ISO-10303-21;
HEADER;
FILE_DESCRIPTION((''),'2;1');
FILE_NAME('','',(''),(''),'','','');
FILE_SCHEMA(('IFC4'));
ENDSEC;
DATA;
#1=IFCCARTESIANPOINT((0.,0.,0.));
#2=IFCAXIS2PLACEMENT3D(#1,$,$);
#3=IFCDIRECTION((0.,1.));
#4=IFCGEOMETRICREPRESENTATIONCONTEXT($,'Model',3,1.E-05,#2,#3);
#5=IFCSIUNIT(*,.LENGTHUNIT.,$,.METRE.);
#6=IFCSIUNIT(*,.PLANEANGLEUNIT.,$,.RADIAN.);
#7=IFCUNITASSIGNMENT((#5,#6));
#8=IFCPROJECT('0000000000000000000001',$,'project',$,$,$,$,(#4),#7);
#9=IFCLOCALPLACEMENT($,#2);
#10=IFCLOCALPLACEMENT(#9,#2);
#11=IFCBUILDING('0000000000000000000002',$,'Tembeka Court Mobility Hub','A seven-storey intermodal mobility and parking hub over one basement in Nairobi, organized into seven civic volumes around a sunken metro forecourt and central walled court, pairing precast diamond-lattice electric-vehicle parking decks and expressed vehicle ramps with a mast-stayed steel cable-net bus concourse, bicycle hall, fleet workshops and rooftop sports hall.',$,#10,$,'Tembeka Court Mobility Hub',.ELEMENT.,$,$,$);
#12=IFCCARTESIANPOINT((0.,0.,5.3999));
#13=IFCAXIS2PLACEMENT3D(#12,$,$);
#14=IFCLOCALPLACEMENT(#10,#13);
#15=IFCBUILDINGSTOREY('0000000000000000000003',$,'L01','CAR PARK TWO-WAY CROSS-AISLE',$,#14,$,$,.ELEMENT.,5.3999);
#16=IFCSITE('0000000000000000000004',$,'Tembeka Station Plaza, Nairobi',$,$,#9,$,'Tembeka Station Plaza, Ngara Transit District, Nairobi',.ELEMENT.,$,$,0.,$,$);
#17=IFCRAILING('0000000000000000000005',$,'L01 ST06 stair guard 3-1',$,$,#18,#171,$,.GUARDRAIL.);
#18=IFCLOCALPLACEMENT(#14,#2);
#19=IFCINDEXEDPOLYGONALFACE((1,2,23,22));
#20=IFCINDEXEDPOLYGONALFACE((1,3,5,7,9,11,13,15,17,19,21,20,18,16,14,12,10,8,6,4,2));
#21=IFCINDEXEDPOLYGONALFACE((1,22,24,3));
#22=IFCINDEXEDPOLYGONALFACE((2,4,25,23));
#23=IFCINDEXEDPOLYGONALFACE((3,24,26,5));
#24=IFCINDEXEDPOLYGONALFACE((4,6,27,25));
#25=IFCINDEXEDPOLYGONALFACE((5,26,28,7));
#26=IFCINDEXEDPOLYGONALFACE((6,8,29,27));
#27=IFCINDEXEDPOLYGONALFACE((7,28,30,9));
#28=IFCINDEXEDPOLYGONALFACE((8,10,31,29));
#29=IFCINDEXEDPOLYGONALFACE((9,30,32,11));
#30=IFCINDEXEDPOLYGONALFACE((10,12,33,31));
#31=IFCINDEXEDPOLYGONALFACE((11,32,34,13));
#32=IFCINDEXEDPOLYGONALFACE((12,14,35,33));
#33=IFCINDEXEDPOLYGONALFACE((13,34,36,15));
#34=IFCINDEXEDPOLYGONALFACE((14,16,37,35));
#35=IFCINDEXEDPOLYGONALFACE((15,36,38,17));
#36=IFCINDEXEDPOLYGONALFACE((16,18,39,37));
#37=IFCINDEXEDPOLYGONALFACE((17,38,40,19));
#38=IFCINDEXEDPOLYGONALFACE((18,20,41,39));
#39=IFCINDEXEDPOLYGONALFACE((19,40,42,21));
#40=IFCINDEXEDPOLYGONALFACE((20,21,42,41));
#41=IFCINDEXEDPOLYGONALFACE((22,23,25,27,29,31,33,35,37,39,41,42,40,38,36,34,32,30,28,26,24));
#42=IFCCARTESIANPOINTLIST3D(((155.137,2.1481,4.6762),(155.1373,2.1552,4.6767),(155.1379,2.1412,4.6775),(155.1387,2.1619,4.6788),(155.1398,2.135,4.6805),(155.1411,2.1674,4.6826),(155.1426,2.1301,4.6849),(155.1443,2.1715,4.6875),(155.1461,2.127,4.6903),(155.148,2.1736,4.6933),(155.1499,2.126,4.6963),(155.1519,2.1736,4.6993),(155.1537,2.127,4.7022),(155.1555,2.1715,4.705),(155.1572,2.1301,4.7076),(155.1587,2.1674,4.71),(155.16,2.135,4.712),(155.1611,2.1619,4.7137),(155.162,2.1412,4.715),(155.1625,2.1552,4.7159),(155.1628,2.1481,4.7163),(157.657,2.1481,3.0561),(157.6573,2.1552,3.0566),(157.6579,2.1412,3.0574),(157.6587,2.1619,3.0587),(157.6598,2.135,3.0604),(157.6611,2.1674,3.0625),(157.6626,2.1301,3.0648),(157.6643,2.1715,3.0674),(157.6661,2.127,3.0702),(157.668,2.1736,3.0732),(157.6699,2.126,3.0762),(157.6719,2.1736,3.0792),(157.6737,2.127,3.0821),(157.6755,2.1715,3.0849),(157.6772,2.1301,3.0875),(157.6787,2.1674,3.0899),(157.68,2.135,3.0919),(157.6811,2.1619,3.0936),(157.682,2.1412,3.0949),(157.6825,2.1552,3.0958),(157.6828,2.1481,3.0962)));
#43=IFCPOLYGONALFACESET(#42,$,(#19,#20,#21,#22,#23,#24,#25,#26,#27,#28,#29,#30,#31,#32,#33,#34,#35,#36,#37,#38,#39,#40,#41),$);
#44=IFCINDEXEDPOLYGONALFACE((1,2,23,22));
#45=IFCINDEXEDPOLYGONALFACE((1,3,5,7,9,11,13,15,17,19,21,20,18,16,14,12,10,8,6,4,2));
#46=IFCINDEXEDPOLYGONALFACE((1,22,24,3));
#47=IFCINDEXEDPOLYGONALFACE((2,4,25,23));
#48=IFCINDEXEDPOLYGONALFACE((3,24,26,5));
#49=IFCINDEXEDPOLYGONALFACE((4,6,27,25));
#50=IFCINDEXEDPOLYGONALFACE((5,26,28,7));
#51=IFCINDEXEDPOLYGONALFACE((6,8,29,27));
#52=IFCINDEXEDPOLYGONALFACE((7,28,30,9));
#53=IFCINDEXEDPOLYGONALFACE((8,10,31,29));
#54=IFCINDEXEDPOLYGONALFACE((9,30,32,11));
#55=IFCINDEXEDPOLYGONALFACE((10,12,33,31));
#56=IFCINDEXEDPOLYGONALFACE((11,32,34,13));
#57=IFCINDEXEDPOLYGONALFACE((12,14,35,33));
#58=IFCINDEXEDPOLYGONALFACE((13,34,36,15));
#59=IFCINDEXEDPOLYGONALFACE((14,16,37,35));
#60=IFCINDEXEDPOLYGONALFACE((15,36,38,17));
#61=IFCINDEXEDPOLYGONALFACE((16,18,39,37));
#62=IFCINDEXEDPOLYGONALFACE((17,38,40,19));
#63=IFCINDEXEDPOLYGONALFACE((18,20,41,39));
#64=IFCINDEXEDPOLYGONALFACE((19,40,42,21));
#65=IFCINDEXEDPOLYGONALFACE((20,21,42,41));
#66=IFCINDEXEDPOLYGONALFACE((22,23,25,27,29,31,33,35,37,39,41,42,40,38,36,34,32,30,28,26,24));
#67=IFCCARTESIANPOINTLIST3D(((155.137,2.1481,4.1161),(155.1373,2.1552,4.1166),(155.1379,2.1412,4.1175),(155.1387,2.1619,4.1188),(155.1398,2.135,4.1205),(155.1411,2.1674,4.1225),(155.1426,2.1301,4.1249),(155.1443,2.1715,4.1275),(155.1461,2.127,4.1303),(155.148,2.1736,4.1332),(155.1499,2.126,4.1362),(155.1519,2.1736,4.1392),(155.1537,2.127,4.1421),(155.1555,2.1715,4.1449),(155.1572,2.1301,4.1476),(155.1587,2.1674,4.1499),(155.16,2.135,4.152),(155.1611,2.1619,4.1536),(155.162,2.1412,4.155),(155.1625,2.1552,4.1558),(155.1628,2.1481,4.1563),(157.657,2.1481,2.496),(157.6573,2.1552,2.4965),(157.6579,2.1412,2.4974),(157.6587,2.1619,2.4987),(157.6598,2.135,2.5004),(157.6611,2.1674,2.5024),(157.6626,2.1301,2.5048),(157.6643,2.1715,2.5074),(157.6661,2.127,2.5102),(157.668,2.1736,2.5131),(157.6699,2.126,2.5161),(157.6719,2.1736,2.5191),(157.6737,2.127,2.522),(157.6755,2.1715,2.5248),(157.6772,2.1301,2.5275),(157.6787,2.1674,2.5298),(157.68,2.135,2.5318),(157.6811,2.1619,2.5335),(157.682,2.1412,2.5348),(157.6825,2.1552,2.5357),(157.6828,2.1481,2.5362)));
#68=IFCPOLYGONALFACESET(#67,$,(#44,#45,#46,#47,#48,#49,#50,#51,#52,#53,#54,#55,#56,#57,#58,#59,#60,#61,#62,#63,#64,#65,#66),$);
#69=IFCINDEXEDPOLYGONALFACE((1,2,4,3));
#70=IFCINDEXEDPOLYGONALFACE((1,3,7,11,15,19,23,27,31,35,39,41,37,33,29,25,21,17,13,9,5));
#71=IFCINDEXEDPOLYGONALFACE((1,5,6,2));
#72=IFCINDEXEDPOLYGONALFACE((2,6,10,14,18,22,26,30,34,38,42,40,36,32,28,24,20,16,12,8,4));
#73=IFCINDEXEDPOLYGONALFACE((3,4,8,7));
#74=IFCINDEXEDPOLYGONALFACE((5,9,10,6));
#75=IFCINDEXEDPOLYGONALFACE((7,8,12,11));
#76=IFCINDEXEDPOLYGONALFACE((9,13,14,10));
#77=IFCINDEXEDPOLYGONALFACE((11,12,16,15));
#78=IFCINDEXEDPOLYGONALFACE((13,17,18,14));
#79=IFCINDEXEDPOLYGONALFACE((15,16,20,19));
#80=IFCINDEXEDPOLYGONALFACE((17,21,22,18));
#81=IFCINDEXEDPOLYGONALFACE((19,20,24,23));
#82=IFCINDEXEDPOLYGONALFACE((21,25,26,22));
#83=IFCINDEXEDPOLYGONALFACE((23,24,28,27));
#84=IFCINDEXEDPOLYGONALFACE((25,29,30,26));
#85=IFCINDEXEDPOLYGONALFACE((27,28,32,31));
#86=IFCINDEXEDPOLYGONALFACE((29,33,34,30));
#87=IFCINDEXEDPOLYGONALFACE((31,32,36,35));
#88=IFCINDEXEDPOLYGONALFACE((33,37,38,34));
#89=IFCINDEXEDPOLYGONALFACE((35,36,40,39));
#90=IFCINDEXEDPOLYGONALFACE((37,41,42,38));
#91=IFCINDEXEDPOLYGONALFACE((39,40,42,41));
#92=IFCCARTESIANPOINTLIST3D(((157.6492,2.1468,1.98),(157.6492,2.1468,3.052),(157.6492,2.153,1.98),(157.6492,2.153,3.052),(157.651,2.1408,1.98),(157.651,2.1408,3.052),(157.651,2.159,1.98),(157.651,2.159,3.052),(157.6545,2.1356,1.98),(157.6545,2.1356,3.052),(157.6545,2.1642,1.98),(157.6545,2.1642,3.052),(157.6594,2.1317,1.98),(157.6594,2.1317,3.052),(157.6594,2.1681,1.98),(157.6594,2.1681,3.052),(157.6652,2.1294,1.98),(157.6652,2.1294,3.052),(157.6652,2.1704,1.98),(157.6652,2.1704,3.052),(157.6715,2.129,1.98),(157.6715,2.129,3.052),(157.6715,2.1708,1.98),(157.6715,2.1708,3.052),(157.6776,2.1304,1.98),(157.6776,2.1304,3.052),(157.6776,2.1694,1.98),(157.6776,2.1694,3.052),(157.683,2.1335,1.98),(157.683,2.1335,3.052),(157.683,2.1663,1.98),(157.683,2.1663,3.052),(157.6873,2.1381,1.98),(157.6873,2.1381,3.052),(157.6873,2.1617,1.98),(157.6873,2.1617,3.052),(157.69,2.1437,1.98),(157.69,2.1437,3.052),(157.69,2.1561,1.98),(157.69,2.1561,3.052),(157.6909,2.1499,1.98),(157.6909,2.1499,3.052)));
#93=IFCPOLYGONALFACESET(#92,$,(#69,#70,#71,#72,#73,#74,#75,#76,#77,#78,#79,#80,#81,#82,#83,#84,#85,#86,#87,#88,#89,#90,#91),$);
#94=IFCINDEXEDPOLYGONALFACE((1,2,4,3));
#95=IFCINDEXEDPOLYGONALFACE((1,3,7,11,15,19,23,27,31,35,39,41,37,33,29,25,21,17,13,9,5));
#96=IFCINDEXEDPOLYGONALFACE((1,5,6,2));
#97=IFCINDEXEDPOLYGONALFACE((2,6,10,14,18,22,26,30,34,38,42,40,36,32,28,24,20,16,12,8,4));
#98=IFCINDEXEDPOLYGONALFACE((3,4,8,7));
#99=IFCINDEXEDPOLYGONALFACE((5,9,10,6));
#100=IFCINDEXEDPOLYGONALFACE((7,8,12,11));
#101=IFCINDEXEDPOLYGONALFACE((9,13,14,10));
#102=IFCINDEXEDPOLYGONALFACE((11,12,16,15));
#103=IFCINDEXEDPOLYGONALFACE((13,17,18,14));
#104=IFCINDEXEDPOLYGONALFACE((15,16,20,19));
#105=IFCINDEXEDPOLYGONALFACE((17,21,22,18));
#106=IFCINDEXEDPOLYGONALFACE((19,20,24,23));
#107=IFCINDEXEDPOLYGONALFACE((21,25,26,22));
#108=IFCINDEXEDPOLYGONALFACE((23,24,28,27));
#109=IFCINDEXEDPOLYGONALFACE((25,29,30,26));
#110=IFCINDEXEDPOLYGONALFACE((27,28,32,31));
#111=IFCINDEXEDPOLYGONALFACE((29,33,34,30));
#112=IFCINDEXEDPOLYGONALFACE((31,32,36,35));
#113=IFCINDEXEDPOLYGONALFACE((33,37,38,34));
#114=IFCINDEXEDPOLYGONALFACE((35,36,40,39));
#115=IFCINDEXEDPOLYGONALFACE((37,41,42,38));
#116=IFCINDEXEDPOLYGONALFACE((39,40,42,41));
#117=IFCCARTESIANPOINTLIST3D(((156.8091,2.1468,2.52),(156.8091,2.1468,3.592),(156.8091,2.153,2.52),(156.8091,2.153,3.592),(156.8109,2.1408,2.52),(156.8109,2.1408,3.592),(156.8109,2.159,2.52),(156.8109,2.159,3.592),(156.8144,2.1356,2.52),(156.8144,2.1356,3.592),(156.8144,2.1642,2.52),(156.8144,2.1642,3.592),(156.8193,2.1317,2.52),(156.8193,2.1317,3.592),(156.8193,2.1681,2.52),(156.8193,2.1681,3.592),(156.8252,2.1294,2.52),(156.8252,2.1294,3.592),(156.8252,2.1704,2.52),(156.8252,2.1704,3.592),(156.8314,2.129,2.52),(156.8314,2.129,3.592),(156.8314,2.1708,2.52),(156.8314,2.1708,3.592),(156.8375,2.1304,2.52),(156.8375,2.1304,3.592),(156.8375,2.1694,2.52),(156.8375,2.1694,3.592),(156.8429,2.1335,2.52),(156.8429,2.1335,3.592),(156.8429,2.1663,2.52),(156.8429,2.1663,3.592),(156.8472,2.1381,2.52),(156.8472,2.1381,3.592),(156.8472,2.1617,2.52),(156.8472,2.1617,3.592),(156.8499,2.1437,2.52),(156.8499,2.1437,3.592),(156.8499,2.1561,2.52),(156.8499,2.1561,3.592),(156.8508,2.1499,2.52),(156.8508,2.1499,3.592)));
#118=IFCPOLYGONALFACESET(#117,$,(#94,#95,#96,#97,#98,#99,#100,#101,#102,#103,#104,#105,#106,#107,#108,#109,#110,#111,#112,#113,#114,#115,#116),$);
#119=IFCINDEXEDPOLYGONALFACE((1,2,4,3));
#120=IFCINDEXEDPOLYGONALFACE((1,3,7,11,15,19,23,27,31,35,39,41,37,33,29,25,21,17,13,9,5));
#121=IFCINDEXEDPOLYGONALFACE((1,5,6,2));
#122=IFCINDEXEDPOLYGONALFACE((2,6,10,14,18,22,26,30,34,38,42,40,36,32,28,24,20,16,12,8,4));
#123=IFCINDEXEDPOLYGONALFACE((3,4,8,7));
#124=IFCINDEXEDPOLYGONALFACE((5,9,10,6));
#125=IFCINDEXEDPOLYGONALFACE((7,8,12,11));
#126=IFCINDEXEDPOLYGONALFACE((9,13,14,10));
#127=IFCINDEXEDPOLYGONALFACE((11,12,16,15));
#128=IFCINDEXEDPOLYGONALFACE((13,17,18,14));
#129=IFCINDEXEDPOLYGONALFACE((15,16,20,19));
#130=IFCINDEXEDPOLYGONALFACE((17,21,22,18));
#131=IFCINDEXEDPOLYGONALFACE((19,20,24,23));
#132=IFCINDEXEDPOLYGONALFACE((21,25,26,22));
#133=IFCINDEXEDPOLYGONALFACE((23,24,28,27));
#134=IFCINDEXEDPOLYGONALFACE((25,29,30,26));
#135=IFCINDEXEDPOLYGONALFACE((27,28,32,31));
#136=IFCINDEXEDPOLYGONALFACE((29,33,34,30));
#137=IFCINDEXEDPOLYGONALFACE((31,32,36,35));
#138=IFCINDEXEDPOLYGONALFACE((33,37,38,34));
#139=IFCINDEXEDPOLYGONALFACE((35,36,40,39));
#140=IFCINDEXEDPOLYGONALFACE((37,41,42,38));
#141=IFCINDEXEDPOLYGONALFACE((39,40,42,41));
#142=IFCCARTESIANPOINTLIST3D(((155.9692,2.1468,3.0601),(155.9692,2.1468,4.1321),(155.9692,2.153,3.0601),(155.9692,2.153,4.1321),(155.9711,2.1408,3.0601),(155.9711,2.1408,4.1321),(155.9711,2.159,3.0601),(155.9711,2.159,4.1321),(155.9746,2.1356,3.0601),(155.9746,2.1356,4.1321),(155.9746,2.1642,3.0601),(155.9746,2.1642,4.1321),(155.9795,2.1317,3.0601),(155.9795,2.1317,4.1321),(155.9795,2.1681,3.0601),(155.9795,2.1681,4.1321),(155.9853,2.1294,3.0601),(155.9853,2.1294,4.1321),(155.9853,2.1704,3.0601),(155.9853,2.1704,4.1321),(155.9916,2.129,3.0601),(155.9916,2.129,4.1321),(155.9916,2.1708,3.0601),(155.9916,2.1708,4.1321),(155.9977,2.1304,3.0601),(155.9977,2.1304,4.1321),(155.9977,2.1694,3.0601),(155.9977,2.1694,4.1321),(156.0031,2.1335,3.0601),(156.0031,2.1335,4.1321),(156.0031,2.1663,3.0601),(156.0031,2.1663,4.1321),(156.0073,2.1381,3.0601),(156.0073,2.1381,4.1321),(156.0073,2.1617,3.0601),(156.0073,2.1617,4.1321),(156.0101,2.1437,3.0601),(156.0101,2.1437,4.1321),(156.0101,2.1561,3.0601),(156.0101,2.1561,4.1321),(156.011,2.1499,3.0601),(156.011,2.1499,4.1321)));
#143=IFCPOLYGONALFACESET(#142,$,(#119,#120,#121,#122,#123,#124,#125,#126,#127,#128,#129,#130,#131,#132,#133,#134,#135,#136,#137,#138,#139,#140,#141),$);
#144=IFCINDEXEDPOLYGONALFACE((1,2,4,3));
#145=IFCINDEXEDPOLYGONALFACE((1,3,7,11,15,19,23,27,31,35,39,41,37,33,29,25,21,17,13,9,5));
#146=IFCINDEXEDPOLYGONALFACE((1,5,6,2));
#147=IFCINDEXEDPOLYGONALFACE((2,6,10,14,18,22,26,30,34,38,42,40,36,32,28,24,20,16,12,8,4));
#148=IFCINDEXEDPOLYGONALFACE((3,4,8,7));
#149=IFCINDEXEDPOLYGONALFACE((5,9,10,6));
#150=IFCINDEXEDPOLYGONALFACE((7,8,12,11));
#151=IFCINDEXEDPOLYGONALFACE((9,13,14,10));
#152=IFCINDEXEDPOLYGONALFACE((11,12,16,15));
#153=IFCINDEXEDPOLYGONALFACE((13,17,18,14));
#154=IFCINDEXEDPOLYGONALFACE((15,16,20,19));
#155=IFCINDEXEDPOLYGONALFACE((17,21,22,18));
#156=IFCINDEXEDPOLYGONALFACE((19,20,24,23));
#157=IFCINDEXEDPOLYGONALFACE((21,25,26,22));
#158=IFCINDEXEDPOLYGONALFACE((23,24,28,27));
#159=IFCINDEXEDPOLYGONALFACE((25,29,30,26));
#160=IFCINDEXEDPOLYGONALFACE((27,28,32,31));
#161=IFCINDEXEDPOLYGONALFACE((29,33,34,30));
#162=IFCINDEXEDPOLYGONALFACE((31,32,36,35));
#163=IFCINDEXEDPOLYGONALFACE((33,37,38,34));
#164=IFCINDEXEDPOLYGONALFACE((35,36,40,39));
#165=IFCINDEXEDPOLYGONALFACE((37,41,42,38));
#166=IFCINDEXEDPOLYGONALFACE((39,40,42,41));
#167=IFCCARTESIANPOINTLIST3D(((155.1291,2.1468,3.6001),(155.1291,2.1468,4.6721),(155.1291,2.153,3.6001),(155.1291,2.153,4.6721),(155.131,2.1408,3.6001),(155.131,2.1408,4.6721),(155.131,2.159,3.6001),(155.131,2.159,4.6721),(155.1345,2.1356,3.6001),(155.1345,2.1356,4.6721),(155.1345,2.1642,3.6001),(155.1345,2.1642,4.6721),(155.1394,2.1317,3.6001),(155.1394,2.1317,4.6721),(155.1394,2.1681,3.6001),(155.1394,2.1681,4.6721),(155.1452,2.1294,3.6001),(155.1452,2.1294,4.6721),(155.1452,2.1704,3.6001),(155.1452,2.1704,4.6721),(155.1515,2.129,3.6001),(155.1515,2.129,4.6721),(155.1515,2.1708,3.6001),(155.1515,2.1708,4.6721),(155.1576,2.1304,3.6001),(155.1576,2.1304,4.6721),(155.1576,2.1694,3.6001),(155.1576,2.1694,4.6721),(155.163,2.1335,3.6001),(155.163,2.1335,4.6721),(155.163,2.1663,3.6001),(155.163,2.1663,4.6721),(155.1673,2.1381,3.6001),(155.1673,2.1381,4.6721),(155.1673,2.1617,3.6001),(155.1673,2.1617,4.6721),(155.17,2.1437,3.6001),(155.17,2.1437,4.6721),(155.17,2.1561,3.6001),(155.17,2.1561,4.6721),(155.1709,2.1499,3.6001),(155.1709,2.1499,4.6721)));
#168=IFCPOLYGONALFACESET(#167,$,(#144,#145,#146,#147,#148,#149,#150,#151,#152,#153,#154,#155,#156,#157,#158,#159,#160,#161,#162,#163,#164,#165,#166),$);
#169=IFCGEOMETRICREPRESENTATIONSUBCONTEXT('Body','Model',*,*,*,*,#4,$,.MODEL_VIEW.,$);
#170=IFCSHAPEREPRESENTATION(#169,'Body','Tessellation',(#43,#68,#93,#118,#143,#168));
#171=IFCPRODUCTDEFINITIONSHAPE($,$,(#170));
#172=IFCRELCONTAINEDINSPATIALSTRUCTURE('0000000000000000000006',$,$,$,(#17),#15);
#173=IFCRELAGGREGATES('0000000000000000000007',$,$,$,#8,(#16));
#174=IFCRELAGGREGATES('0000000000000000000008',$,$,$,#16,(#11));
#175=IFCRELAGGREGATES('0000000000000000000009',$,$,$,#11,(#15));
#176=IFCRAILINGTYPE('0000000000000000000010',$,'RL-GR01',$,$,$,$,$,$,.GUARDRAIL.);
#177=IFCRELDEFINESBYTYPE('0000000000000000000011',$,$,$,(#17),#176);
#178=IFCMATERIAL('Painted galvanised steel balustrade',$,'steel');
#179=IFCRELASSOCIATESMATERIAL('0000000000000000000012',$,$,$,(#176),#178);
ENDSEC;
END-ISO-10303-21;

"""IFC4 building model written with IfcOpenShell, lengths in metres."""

from ifc_helpers import new_model, si_unit, direction, frame, origin, origin_2d, place, context, subcontext, project, spatial, circle, extrude, material, type_object, element, save


model = new_model("IFC4")

# Units and contexts
model_context = context("Model", 3, precision=1e-05, world=origin(), true_north=direction((0.0, 1.0)))
body_context = subcontext(model_context, "Body", "Model", "MODEL_VIEW")
ifc_project = project(units=[si_unit("LENGTHUNIT", "METRE"), si_unit("PLANEANGLEUNIT", "RADIAN")], contexts=[model_context])

# Site, building, storey
site_placement = place(None, origin())
site = spatial("IfcSite", under=ifc_project, at=site_placement, Name="Tembeka Station Plaza, Nairobi", LongName="Tembeka Station Plaza, Ngara Transit District, Nairobi", CompositionType="ELEMENT", RefElevation=0.0)
building_placement = place(site_placement, origin())
building = spatial("IfcBuilding", under=site, at=building_placement, Name="Tembeka Court Mobility Hub", Description="A seven-storey intermodal mobility and parking hub over one basement in Nairobi, organized into seven civic volumes around a sunken metro forecourt and central walled court, pairing precast diamond-lattice electric-vehicle parking decks and expressed vehicle ramps with a mast-stayed steel cable-net bus concourse, bicycle hall, fleet workshops and rooftop sports hall.", LongName="Tembeka Court Mobility Hub", CompositionType="ELEMENT")
storey_placement = place(building_placement, frame((0.0, 0.0, 5.3999)))
storey = spatial("IfcBuildingStorey", under=building, at=storey_placement, Name="L01", Description="CAR PARK TWO-WAY CROSS-AISLE", CompositionType="ELEMENT", Elevation=5.3999)

# Railing
ifc_material_1 = material(Name="Painted galvanised steel balustrade", Category="steel")
railing_type_1 = type_object("IfcRailingType", Name="RL-GR01", PredefinedType="GUARDRAIL", material=ifc_material_1)
railing_1_placement = place(storey_placement, frame((157.6699, 2.1499, 1.98)))
element("IfcRailing", 1, at=railing_1_placement, inside=storey, type_object=railing_type_1, Name="L01 ST06 stair guard 3-1", PredefinedType="GUARDRAIL", context=body_context, shape_type="SweptSolid", body=[
    extrude(circle(Radius=0.0239, at=origin_2d()), frame((0.0, 0.0, 1.0962), z_axis=(-0.841163, 0.0, 0.540782), x_axis=(0.0, -1.0, 0.0)), (0.0, 0.0, 1.0), 2.9958),
    extrude(circle(Radius=0.0239, at=origin_2d()), frame((0.0, 0.0, 0.5361), z_axis=(-0.841163, 0.0, 0.540782), x_axis=(0.0, -1.0, 0.0)), (0.0, 0.0, 1.0), 2.9958),
    extrude(circle(Radius=0.021, at=origin_2d()), origin(), (0.0, 0.0, 1.0), 1.072),
    extrude(circle(Radius=0.021, at=origin_2d()), frame((-0.8401, 0.0, 0.54)), (0.0, 0.0, 1.0), 1.072),
    extrude(circle(Radius=0.021, at=origin_2d()), frame((-1.6799, 0.0, 1.0801)), (0.0, 0.0, 1.0), 1.072),
    extrude(circle(Radius=0.021, at=origin_2d()), frame((-2.52, 0.0, 1.6201)), (0.0, 0.0, 1.0), 1.072),
])

save(model, "model.ifc")
